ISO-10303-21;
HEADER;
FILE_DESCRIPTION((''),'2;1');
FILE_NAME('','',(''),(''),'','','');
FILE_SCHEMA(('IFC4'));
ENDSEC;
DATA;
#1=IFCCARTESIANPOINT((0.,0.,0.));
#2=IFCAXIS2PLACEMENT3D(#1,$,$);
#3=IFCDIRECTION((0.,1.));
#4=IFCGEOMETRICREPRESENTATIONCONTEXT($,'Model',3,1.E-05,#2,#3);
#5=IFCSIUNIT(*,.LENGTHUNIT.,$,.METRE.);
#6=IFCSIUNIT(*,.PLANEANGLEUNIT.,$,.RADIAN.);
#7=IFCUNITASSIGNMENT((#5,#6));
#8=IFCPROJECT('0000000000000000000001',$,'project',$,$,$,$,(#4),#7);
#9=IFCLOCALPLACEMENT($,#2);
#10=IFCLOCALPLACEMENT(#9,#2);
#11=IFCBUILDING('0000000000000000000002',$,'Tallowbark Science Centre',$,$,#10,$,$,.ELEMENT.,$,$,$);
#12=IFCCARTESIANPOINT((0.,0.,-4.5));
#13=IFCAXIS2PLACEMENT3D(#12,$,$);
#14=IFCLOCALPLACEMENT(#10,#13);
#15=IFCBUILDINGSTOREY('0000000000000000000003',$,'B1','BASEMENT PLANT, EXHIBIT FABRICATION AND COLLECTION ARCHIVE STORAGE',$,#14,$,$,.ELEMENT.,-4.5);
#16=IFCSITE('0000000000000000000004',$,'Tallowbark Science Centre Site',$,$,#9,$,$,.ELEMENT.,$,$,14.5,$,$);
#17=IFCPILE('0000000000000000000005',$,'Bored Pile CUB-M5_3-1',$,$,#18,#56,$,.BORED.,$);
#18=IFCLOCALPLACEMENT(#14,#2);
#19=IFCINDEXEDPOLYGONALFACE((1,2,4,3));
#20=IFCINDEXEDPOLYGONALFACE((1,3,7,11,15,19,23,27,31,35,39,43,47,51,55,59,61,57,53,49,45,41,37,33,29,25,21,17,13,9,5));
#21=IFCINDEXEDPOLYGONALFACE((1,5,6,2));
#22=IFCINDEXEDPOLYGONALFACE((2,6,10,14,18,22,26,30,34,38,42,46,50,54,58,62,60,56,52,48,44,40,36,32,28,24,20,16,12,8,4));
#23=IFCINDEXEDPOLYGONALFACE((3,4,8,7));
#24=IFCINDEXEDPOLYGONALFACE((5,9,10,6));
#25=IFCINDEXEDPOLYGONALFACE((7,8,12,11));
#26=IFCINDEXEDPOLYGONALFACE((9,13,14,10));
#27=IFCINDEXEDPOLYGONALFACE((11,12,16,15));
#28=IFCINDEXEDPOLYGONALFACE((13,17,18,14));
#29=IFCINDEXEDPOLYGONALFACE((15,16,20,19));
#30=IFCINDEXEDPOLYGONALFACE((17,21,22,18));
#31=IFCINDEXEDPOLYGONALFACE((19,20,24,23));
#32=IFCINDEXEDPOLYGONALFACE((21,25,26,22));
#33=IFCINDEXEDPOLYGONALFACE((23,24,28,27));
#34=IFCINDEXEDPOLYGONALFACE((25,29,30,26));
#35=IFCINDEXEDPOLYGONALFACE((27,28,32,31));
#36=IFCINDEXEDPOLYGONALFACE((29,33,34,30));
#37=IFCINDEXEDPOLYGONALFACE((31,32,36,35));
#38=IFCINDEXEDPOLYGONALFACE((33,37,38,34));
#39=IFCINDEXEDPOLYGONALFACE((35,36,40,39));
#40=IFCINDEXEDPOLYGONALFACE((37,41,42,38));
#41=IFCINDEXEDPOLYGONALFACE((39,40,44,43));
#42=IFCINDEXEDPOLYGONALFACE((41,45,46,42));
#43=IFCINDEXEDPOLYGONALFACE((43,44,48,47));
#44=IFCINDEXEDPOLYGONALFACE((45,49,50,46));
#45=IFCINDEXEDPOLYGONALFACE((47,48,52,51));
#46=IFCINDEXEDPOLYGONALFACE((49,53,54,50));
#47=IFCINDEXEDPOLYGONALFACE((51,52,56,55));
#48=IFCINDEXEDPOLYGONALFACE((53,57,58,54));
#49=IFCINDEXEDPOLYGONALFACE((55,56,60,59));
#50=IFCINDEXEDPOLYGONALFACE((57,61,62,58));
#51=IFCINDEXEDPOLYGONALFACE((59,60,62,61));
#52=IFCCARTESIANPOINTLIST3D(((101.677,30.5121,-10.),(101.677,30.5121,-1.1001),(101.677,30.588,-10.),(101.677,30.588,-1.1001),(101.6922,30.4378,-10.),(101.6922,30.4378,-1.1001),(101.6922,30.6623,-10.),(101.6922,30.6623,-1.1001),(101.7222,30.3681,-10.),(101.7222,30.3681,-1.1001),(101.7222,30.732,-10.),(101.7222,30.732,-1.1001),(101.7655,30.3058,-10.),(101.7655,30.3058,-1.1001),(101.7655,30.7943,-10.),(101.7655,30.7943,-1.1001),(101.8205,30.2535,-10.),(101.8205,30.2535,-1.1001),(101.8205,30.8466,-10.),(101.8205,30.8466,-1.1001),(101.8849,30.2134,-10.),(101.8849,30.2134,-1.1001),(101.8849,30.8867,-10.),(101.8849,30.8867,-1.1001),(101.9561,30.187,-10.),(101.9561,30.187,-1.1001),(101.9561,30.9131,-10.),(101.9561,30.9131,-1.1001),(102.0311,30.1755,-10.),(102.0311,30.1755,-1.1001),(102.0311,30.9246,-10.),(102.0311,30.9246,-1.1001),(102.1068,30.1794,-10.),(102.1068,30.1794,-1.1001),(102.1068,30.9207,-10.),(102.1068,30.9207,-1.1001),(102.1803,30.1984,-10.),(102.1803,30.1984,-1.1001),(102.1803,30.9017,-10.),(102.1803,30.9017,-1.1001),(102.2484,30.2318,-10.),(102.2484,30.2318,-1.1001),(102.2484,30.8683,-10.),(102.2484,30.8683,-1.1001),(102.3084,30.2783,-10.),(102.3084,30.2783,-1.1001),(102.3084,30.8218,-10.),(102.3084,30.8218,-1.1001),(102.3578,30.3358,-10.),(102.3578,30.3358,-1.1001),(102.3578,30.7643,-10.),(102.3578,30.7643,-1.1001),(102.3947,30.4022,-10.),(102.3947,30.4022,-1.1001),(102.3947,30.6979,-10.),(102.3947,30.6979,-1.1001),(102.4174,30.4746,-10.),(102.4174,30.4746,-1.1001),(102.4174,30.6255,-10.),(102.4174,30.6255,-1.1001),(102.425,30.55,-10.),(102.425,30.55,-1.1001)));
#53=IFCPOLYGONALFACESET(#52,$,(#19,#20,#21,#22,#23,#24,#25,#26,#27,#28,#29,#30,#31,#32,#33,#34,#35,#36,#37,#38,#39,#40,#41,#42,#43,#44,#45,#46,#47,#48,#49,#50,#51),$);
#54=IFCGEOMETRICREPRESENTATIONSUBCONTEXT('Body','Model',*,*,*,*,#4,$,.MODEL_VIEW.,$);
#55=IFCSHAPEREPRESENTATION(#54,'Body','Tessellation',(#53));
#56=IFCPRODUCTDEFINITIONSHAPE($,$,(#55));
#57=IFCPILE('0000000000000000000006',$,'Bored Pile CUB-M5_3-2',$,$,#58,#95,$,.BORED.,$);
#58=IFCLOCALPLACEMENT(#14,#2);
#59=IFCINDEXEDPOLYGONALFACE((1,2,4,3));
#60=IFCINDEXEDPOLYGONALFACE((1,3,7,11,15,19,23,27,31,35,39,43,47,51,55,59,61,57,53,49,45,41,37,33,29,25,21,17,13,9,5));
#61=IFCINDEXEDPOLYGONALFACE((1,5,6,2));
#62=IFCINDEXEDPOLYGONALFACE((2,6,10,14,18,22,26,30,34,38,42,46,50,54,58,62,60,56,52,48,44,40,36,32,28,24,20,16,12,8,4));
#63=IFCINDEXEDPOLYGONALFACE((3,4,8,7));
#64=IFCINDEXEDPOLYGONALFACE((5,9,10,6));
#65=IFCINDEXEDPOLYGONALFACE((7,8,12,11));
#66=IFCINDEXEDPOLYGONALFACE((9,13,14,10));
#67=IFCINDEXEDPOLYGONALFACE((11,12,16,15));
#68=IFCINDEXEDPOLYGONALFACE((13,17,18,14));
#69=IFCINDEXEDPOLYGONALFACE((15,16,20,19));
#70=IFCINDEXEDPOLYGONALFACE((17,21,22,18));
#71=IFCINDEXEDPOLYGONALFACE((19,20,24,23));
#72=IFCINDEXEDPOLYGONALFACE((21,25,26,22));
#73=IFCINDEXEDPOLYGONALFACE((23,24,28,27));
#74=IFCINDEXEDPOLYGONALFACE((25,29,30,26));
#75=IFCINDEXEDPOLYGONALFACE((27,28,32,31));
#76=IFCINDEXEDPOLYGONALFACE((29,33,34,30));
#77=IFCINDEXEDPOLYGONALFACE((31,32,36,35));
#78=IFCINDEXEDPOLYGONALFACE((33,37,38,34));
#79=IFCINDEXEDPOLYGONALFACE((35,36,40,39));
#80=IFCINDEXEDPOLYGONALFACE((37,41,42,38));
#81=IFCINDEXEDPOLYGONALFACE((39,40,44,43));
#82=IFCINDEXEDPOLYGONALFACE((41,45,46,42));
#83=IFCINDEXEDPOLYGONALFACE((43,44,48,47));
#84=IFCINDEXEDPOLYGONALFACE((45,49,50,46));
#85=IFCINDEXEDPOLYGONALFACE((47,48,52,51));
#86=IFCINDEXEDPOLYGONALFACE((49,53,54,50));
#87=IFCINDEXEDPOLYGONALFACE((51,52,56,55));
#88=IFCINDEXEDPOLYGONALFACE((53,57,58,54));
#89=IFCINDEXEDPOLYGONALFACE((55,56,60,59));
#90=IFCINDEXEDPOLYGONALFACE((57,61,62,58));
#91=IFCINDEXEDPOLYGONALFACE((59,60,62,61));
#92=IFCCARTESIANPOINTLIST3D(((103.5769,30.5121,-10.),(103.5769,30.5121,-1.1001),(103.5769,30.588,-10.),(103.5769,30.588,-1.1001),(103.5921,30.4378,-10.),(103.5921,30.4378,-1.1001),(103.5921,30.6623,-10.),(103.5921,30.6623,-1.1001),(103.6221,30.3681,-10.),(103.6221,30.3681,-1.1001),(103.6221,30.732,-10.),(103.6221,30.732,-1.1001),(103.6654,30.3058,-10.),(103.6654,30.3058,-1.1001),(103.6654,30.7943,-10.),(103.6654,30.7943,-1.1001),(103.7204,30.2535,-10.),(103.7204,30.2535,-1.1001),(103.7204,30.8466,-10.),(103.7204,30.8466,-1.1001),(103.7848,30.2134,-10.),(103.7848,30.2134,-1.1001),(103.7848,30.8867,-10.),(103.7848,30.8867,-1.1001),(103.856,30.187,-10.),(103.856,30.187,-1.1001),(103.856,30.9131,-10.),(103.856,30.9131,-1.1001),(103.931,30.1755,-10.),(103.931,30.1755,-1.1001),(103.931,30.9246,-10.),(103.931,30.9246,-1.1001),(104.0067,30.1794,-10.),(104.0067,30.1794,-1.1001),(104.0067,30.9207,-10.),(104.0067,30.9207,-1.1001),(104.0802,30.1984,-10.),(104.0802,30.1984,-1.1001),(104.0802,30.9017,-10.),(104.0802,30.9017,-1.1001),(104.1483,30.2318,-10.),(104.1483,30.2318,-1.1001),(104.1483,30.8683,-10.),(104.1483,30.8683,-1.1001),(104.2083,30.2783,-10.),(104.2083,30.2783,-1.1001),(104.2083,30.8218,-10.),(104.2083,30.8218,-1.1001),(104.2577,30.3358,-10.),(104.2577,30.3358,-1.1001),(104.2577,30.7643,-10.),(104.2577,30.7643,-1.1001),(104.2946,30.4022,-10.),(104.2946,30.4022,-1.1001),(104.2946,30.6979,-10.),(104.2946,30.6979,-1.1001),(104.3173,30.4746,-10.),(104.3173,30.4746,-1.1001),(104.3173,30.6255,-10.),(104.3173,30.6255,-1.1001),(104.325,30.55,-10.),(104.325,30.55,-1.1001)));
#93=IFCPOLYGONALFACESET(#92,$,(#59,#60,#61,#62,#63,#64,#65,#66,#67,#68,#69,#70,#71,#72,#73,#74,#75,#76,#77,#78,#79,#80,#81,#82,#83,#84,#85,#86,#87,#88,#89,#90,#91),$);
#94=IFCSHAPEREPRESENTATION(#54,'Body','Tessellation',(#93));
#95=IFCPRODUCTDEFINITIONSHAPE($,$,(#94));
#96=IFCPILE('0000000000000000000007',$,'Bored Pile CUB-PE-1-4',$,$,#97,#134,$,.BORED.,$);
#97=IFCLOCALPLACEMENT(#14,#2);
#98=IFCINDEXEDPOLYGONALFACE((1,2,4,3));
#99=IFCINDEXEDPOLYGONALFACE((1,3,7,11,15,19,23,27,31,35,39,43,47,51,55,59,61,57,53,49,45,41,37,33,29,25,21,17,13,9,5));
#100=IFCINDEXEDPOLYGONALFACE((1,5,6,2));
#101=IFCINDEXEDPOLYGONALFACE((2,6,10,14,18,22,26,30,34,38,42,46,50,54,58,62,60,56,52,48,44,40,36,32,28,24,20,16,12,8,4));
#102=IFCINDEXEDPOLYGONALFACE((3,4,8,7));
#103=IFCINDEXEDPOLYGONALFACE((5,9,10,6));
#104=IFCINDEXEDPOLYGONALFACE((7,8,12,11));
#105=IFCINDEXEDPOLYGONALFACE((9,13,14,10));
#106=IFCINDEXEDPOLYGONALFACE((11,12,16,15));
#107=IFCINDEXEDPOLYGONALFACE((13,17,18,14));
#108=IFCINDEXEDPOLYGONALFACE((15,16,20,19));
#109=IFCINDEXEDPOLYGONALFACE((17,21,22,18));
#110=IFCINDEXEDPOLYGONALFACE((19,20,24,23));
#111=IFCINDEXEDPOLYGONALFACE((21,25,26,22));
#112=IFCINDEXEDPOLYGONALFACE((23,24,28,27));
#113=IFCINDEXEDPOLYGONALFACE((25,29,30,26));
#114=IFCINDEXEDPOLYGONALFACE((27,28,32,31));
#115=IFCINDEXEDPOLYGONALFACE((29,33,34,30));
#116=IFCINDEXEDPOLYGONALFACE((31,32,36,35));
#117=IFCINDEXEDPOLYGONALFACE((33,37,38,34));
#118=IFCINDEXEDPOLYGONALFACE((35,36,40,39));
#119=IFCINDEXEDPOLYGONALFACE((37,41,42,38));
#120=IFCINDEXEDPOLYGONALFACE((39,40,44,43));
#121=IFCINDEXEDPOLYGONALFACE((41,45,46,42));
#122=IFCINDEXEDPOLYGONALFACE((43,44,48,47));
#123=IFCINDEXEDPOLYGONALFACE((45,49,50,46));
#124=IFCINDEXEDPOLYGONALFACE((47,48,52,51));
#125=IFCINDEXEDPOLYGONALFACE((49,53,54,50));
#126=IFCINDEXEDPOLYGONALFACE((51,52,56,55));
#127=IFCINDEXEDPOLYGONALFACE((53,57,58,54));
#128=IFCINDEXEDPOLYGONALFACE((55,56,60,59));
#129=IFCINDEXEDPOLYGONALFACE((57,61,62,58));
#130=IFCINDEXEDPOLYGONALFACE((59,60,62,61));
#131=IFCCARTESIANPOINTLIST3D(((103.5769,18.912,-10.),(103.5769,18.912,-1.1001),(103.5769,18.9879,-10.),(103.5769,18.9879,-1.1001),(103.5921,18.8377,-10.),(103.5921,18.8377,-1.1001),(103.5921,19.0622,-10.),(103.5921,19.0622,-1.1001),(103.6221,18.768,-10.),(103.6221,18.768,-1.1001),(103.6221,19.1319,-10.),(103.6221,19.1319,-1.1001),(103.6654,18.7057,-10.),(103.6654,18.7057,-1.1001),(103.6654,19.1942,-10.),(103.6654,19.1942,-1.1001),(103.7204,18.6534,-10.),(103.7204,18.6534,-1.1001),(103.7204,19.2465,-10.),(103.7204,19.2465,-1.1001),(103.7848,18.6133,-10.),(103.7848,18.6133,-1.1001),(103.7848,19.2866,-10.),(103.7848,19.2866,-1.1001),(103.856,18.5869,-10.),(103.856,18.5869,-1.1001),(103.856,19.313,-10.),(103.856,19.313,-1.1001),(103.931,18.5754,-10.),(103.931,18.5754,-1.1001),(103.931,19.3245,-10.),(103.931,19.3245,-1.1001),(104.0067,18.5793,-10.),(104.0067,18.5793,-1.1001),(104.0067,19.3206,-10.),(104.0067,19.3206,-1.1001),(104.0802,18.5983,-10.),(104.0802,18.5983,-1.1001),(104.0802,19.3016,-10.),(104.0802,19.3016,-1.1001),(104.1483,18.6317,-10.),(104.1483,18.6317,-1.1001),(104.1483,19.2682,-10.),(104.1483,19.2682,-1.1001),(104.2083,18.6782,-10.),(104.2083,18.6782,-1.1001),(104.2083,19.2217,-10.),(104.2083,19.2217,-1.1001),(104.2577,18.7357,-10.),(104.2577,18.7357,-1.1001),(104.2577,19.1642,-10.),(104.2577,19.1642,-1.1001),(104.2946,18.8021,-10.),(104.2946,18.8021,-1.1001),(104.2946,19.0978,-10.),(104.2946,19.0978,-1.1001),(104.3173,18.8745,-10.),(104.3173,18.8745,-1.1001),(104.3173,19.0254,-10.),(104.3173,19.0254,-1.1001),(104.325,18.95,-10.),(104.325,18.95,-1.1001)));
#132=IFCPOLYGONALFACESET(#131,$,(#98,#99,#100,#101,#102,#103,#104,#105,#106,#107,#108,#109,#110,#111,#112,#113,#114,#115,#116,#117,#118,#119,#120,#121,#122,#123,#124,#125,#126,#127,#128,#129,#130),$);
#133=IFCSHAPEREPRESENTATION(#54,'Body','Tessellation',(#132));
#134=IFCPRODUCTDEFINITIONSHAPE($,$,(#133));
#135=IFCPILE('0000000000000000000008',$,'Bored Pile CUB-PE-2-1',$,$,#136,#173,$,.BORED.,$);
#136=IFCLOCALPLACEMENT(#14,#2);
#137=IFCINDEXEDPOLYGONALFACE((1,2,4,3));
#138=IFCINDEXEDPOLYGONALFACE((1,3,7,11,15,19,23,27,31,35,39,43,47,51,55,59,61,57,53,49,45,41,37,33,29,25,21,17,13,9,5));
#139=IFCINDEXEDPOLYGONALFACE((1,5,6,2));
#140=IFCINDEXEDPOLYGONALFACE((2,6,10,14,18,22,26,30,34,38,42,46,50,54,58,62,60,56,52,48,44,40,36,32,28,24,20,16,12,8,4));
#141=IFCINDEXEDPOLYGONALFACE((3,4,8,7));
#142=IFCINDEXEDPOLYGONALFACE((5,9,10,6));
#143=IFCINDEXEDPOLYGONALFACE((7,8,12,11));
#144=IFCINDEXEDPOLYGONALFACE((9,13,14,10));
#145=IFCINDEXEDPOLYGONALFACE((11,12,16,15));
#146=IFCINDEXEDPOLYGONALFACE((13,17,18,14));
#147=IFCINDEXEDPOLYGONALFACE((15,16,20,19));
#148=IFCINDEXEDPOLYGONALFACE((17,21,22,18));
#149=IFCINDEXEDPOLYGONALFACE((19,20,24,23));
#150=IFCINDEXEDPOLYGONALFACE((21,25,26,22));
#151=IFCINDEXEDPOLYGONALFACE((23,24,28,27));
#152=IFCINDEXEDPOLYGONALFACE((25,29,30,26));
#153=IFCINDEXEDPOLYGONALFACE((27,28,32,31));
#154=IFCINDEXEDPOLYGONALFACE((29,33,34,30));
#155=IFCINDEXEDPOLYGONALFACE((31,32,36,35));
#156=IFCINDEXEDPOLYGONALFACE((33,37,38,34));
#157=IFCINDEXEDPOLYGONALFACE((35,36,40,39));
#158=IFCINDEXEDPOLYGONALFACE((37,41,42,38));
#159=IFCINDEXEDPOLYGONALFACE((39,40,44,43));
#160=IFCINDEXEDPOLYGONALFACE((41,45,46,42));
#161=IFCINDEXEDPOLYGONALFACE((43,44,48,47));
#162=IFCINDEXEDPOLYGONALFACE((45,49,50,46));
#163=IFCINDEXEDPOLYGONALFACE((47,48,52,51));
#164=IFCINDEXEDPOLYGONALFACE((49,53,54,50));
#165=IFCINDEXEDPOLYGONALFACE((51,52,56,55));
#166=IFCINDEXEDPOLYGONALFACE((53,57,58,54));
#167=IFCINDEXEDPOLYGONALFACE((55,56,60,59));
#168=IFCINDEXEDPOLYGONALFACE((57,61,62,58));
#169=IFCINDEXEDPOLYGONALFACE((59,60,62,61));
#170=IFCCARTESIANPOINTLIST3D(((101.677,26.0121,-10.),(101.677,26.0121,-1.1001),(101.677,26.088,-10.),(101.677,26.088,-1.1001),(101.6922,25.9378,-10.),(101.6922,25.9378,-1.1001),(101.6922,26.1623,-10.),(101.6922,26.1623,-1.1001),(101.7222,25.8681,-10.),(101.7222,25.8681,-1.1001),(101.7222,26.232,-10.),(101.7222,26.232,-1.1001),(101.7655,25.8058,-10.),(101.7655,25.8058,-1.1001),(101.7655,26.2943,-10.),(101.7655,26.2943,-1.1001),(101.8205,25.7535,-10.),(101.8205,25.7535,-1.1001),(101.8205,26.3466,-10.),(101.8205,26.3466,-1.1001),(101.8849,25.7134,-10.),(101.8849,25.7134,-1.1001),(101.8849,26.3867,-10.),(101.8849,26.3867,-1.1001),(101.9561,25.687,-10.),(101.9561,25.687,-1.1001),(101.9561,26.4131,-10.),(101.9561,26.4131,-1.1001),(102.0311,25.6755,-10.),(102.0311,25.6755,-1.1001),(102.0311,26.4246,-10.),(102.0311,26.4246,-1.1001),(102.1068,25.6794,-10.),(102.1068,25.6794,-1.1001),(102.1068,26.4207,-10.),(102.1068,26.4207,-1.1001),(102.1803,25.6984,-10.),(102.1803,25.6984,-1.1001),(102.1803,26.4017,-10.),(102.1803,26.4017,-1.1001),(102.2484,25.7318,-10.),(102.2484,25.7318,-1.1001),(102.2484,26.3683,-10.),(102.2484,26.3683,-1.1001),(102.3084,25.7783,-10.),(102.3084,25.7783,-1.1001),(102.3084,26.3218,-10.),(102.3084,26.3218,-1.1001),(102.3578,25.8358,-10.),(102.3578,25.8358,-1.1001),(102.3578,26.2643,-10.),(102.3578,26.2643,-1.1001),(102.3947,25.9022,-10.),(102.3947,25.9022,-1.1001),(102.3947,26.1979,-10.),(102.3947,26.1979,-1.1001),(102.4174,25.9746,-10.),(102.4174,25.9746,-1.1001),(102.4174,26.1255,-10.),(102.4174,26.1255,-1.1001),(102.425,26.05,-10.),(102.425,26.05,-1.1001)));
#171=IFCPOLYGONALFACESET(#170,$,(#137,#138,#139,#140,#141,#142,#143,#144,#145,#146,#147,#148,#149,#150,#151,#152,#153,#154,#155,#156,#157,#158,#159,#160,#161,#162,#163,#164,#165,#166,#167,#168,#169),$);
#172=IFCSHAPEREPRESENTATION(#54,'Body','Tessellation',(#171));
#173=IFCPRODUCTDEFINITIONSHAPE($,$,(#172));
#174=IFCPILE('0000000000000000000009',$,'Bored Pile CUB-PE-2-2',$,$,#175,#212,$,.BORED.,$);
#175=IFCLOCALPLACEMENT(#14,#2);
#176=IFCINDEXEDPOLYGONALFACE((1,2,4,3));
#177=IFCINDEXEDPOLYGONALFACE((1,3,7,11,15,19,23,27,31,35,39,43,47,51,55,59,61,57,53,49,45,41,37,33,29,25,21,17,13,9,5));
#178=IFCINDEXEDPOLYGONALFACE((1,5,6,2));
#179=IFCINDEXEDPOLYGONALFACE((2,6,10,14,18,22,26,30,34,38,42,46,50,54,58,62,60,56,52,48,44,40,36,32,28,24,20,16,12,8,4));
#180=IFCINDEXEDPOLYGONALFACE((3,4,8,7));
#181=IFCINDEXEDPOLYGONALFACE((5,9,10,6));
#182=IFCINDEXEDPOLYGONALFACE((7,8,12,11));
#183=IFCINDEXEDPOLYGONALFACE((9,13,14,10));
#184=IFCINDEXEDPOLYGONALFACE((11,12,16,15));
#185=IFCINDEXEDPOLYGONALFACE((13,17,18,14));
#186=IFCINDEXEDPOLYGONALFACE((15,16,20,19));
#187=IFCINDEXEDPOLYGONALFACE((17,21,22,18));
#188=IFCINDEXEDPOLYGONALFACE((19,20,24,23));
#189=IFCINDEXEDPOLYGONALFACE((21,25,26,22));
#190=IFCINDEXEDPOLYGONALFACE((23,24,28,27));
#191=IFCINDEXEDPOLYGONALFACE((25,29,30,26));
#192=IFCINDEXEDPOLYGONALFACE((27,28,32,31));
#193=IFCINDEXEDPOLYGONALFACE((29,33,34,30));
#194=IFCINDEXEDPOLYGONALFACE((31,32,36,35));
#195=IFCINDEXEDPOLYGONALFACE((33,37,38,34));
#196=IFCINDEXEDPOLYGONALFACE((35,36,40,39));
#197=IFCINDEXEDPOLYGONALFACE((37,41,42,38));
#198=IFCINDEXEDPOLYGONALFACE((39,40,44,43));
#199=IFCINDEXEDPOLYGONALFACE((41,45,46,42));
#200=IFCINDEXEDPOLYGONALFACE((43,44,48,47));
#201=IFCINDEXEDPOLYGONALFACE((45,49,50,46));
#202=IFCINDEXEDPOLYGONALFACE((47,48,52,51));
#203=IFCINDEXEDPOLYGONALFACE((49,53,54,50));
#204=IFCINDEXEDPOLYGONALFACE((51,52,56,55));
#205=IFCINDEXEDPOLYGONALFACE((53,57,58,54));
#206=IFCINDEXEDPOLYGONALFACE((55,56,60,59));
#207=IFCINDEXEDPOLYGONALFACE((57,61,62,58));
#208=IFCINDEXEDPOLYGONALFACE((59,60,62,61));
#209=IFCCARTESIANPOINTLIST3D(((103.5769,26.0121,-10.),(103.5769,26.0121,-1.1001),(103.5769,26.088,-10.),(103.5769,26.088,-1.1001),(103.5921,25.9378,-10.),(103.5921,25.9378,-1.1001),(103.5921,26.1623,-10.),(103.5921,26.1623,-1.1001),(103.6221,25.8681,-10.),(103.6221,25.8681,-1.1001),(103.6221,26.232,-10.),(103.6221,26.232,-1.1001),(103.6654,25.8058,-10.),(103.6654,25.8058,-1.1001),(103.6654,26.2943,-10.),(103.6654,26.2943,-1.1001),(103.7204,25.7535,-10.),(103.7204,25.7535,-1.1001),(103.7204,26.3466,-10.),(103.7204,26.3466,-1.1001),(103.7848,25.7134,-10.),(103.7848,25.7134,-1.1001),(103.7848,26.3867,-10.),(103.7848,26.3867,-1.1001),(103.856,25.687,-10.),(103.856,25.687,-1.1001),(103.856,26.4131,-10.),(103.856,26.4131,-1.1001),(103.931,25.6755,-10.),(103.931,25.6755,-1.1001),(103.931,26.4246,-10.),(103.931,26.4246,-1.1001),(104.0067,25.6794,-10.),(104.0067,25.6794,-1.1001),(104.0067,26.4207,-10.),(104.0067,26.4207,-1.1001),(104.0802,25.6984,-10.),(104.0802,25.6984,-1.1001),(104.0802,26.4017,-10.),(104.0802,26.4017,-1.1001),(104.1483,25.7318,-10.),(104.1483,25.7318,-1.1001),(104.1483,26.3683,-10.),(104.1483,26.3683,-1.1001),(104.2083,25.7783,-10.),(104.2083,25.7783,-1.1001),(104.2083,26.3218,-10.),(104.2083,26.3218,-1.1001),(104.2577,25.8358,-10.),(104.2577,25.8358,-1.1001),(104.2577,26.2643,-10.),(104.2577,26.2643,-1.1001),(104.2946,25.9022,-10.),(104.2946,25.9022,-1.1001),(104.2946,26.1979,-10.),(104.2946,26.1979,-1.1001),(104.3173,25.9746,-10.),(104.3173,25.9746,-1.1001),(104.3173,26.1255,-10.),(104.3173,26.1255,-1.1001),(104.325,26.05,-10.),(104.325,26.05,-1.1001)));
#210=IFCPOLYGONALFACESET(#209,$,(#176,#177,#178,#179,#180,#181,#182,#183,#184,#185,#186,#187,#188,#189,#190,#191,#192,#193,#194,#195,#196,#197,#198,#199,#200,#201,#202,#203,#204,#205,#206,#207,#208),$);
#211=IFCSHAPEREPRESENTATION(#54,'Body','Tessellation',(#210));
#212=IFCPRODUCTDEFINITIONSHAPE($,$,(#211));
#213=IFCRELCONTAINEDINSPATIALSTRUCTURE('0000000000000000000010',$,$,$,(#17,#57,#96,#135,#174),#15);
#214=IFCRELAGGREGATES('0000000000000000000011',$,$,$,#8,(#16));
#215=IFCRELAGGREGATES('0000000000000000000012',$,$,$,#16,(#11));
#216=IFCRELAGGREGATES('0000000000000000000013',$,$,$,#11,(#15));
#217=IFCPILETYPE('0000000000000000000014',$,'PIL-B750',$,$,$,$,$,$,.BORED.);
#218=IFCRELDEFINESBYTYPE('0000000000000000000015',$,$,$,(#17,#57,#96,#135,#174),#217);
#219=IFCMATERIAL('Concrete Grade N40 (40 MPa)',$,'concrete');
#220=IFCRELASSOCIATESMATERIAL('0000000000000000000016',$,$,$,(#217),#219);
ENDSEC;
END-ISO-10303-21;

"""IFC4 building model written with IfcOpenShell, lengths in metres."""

from ifc_helpers import new_model, si_unit, direction, frame, origin, origin_2d, place, context, subcontext, project, spatial, circle, extrude, material, material_profile, profile_set, type_object, element, save


model = new_model("IFC4")

# Units and contexts
model_context = context("Model", 3, precision=1e-05, world=origin(), true_north=direction((0.0, 1.0)))
body_context = subcontext(model_context, "Body", "Model", "MODEL_VIEW")
ifc_project = project(units=[si_unit("LENGTHUNIT", "METRE"), si_unit("PLANEANGLEUNIT", "RADIAN")], contexts=[model_context])

# Site, building, storey
site_placement = place(None, origin())
site = spatial("IfcSite", under=ifc_project, at=site_placement, Name="Tallowbark Science Centre Site", CompositionType="ELEMENT", RefElevation=14.5)
building_placement = place(site_placement, origin())
building = spatial("IfcBuilding", under=site, at=building_placement, Name="Tallowbark Science Centre", CompositionType="ELEMENT")
storey_placement = place(building_placement, frame((0.0, 0.0, -4.5)))
storey = spatial("IfcBuildingStorey", under=building, at=storey_placement, Name="B1", Description="BASEMENT PLANT, EXHIBIT FABRICATION AND COLLECTION ARCHIVE STORAGE", CompositionType="ELEMENT", Elevation=-4.5)

# Shared definitions
ifc_material_1 = material(Name="Concrete Grade N40 (40 MPa)", Category="concrete")

# Piles
ifc_material_profile_1 = material_profile(ifc_material_1, circle(Radius=0.375, at=origin_2d()), Name="PILE750")
ifc_profile_set_1 = profile_set([ifc_material_profile_1], Name="Concrete Grade N40 (40 MPa)")
pile_type = type_object("IfcPileType", Name="PIL-B750", PredefinedType="BORED", material=ifc_profile_set_1)
for number, where, z_axis, x_axis, name in (
    (1, (102.05, 30.55, -1.1001), (0.0, 0.0, -1.0), (1.0, 0.0, 0.0), "Bored Pile CUB-M5_3-1"),
    (2, (103.95, 30.55, -1.1001), (0.0, 0.0, -1.0), (1.0, 0.0, 0.0), "Bored Pile CUB-M5_3-2"),
    (3, (103.95, 18.95, -1.1001), (0.0, 0.0, -1.0), (1.0, 0.0, 0.0), "Bored Pile CUB-PE-1-4"),
    (4, (102.05, 26.05, -1.1001), (0.0, 0.0, -1.0), (1.0, 0.0, 0.0), "Bored Pile CUB-PE-2-1"),
    (5, (103.95, 26.05, -1.1001), (0.0, 0.0, -1.0), (1.0, 0.0, 0.0), "Bored Pile CUB-PE-2-2"),
):
    element("IfcPile", number, at=place(storey_placement, frame(where, z_axis=z_axis, x_axis=x_axis)), inside=storey, type_object=pile_type, Name=name, PredefinedType="BORED", context=body_context, shape_type="SweptSolid", body=[
        extrude(circle(Radius=0.375, at=origin_2d()), origin(), (0.0, 0.0, 1.0), 8.8999),
    ])

save(model, "model.ifc")
